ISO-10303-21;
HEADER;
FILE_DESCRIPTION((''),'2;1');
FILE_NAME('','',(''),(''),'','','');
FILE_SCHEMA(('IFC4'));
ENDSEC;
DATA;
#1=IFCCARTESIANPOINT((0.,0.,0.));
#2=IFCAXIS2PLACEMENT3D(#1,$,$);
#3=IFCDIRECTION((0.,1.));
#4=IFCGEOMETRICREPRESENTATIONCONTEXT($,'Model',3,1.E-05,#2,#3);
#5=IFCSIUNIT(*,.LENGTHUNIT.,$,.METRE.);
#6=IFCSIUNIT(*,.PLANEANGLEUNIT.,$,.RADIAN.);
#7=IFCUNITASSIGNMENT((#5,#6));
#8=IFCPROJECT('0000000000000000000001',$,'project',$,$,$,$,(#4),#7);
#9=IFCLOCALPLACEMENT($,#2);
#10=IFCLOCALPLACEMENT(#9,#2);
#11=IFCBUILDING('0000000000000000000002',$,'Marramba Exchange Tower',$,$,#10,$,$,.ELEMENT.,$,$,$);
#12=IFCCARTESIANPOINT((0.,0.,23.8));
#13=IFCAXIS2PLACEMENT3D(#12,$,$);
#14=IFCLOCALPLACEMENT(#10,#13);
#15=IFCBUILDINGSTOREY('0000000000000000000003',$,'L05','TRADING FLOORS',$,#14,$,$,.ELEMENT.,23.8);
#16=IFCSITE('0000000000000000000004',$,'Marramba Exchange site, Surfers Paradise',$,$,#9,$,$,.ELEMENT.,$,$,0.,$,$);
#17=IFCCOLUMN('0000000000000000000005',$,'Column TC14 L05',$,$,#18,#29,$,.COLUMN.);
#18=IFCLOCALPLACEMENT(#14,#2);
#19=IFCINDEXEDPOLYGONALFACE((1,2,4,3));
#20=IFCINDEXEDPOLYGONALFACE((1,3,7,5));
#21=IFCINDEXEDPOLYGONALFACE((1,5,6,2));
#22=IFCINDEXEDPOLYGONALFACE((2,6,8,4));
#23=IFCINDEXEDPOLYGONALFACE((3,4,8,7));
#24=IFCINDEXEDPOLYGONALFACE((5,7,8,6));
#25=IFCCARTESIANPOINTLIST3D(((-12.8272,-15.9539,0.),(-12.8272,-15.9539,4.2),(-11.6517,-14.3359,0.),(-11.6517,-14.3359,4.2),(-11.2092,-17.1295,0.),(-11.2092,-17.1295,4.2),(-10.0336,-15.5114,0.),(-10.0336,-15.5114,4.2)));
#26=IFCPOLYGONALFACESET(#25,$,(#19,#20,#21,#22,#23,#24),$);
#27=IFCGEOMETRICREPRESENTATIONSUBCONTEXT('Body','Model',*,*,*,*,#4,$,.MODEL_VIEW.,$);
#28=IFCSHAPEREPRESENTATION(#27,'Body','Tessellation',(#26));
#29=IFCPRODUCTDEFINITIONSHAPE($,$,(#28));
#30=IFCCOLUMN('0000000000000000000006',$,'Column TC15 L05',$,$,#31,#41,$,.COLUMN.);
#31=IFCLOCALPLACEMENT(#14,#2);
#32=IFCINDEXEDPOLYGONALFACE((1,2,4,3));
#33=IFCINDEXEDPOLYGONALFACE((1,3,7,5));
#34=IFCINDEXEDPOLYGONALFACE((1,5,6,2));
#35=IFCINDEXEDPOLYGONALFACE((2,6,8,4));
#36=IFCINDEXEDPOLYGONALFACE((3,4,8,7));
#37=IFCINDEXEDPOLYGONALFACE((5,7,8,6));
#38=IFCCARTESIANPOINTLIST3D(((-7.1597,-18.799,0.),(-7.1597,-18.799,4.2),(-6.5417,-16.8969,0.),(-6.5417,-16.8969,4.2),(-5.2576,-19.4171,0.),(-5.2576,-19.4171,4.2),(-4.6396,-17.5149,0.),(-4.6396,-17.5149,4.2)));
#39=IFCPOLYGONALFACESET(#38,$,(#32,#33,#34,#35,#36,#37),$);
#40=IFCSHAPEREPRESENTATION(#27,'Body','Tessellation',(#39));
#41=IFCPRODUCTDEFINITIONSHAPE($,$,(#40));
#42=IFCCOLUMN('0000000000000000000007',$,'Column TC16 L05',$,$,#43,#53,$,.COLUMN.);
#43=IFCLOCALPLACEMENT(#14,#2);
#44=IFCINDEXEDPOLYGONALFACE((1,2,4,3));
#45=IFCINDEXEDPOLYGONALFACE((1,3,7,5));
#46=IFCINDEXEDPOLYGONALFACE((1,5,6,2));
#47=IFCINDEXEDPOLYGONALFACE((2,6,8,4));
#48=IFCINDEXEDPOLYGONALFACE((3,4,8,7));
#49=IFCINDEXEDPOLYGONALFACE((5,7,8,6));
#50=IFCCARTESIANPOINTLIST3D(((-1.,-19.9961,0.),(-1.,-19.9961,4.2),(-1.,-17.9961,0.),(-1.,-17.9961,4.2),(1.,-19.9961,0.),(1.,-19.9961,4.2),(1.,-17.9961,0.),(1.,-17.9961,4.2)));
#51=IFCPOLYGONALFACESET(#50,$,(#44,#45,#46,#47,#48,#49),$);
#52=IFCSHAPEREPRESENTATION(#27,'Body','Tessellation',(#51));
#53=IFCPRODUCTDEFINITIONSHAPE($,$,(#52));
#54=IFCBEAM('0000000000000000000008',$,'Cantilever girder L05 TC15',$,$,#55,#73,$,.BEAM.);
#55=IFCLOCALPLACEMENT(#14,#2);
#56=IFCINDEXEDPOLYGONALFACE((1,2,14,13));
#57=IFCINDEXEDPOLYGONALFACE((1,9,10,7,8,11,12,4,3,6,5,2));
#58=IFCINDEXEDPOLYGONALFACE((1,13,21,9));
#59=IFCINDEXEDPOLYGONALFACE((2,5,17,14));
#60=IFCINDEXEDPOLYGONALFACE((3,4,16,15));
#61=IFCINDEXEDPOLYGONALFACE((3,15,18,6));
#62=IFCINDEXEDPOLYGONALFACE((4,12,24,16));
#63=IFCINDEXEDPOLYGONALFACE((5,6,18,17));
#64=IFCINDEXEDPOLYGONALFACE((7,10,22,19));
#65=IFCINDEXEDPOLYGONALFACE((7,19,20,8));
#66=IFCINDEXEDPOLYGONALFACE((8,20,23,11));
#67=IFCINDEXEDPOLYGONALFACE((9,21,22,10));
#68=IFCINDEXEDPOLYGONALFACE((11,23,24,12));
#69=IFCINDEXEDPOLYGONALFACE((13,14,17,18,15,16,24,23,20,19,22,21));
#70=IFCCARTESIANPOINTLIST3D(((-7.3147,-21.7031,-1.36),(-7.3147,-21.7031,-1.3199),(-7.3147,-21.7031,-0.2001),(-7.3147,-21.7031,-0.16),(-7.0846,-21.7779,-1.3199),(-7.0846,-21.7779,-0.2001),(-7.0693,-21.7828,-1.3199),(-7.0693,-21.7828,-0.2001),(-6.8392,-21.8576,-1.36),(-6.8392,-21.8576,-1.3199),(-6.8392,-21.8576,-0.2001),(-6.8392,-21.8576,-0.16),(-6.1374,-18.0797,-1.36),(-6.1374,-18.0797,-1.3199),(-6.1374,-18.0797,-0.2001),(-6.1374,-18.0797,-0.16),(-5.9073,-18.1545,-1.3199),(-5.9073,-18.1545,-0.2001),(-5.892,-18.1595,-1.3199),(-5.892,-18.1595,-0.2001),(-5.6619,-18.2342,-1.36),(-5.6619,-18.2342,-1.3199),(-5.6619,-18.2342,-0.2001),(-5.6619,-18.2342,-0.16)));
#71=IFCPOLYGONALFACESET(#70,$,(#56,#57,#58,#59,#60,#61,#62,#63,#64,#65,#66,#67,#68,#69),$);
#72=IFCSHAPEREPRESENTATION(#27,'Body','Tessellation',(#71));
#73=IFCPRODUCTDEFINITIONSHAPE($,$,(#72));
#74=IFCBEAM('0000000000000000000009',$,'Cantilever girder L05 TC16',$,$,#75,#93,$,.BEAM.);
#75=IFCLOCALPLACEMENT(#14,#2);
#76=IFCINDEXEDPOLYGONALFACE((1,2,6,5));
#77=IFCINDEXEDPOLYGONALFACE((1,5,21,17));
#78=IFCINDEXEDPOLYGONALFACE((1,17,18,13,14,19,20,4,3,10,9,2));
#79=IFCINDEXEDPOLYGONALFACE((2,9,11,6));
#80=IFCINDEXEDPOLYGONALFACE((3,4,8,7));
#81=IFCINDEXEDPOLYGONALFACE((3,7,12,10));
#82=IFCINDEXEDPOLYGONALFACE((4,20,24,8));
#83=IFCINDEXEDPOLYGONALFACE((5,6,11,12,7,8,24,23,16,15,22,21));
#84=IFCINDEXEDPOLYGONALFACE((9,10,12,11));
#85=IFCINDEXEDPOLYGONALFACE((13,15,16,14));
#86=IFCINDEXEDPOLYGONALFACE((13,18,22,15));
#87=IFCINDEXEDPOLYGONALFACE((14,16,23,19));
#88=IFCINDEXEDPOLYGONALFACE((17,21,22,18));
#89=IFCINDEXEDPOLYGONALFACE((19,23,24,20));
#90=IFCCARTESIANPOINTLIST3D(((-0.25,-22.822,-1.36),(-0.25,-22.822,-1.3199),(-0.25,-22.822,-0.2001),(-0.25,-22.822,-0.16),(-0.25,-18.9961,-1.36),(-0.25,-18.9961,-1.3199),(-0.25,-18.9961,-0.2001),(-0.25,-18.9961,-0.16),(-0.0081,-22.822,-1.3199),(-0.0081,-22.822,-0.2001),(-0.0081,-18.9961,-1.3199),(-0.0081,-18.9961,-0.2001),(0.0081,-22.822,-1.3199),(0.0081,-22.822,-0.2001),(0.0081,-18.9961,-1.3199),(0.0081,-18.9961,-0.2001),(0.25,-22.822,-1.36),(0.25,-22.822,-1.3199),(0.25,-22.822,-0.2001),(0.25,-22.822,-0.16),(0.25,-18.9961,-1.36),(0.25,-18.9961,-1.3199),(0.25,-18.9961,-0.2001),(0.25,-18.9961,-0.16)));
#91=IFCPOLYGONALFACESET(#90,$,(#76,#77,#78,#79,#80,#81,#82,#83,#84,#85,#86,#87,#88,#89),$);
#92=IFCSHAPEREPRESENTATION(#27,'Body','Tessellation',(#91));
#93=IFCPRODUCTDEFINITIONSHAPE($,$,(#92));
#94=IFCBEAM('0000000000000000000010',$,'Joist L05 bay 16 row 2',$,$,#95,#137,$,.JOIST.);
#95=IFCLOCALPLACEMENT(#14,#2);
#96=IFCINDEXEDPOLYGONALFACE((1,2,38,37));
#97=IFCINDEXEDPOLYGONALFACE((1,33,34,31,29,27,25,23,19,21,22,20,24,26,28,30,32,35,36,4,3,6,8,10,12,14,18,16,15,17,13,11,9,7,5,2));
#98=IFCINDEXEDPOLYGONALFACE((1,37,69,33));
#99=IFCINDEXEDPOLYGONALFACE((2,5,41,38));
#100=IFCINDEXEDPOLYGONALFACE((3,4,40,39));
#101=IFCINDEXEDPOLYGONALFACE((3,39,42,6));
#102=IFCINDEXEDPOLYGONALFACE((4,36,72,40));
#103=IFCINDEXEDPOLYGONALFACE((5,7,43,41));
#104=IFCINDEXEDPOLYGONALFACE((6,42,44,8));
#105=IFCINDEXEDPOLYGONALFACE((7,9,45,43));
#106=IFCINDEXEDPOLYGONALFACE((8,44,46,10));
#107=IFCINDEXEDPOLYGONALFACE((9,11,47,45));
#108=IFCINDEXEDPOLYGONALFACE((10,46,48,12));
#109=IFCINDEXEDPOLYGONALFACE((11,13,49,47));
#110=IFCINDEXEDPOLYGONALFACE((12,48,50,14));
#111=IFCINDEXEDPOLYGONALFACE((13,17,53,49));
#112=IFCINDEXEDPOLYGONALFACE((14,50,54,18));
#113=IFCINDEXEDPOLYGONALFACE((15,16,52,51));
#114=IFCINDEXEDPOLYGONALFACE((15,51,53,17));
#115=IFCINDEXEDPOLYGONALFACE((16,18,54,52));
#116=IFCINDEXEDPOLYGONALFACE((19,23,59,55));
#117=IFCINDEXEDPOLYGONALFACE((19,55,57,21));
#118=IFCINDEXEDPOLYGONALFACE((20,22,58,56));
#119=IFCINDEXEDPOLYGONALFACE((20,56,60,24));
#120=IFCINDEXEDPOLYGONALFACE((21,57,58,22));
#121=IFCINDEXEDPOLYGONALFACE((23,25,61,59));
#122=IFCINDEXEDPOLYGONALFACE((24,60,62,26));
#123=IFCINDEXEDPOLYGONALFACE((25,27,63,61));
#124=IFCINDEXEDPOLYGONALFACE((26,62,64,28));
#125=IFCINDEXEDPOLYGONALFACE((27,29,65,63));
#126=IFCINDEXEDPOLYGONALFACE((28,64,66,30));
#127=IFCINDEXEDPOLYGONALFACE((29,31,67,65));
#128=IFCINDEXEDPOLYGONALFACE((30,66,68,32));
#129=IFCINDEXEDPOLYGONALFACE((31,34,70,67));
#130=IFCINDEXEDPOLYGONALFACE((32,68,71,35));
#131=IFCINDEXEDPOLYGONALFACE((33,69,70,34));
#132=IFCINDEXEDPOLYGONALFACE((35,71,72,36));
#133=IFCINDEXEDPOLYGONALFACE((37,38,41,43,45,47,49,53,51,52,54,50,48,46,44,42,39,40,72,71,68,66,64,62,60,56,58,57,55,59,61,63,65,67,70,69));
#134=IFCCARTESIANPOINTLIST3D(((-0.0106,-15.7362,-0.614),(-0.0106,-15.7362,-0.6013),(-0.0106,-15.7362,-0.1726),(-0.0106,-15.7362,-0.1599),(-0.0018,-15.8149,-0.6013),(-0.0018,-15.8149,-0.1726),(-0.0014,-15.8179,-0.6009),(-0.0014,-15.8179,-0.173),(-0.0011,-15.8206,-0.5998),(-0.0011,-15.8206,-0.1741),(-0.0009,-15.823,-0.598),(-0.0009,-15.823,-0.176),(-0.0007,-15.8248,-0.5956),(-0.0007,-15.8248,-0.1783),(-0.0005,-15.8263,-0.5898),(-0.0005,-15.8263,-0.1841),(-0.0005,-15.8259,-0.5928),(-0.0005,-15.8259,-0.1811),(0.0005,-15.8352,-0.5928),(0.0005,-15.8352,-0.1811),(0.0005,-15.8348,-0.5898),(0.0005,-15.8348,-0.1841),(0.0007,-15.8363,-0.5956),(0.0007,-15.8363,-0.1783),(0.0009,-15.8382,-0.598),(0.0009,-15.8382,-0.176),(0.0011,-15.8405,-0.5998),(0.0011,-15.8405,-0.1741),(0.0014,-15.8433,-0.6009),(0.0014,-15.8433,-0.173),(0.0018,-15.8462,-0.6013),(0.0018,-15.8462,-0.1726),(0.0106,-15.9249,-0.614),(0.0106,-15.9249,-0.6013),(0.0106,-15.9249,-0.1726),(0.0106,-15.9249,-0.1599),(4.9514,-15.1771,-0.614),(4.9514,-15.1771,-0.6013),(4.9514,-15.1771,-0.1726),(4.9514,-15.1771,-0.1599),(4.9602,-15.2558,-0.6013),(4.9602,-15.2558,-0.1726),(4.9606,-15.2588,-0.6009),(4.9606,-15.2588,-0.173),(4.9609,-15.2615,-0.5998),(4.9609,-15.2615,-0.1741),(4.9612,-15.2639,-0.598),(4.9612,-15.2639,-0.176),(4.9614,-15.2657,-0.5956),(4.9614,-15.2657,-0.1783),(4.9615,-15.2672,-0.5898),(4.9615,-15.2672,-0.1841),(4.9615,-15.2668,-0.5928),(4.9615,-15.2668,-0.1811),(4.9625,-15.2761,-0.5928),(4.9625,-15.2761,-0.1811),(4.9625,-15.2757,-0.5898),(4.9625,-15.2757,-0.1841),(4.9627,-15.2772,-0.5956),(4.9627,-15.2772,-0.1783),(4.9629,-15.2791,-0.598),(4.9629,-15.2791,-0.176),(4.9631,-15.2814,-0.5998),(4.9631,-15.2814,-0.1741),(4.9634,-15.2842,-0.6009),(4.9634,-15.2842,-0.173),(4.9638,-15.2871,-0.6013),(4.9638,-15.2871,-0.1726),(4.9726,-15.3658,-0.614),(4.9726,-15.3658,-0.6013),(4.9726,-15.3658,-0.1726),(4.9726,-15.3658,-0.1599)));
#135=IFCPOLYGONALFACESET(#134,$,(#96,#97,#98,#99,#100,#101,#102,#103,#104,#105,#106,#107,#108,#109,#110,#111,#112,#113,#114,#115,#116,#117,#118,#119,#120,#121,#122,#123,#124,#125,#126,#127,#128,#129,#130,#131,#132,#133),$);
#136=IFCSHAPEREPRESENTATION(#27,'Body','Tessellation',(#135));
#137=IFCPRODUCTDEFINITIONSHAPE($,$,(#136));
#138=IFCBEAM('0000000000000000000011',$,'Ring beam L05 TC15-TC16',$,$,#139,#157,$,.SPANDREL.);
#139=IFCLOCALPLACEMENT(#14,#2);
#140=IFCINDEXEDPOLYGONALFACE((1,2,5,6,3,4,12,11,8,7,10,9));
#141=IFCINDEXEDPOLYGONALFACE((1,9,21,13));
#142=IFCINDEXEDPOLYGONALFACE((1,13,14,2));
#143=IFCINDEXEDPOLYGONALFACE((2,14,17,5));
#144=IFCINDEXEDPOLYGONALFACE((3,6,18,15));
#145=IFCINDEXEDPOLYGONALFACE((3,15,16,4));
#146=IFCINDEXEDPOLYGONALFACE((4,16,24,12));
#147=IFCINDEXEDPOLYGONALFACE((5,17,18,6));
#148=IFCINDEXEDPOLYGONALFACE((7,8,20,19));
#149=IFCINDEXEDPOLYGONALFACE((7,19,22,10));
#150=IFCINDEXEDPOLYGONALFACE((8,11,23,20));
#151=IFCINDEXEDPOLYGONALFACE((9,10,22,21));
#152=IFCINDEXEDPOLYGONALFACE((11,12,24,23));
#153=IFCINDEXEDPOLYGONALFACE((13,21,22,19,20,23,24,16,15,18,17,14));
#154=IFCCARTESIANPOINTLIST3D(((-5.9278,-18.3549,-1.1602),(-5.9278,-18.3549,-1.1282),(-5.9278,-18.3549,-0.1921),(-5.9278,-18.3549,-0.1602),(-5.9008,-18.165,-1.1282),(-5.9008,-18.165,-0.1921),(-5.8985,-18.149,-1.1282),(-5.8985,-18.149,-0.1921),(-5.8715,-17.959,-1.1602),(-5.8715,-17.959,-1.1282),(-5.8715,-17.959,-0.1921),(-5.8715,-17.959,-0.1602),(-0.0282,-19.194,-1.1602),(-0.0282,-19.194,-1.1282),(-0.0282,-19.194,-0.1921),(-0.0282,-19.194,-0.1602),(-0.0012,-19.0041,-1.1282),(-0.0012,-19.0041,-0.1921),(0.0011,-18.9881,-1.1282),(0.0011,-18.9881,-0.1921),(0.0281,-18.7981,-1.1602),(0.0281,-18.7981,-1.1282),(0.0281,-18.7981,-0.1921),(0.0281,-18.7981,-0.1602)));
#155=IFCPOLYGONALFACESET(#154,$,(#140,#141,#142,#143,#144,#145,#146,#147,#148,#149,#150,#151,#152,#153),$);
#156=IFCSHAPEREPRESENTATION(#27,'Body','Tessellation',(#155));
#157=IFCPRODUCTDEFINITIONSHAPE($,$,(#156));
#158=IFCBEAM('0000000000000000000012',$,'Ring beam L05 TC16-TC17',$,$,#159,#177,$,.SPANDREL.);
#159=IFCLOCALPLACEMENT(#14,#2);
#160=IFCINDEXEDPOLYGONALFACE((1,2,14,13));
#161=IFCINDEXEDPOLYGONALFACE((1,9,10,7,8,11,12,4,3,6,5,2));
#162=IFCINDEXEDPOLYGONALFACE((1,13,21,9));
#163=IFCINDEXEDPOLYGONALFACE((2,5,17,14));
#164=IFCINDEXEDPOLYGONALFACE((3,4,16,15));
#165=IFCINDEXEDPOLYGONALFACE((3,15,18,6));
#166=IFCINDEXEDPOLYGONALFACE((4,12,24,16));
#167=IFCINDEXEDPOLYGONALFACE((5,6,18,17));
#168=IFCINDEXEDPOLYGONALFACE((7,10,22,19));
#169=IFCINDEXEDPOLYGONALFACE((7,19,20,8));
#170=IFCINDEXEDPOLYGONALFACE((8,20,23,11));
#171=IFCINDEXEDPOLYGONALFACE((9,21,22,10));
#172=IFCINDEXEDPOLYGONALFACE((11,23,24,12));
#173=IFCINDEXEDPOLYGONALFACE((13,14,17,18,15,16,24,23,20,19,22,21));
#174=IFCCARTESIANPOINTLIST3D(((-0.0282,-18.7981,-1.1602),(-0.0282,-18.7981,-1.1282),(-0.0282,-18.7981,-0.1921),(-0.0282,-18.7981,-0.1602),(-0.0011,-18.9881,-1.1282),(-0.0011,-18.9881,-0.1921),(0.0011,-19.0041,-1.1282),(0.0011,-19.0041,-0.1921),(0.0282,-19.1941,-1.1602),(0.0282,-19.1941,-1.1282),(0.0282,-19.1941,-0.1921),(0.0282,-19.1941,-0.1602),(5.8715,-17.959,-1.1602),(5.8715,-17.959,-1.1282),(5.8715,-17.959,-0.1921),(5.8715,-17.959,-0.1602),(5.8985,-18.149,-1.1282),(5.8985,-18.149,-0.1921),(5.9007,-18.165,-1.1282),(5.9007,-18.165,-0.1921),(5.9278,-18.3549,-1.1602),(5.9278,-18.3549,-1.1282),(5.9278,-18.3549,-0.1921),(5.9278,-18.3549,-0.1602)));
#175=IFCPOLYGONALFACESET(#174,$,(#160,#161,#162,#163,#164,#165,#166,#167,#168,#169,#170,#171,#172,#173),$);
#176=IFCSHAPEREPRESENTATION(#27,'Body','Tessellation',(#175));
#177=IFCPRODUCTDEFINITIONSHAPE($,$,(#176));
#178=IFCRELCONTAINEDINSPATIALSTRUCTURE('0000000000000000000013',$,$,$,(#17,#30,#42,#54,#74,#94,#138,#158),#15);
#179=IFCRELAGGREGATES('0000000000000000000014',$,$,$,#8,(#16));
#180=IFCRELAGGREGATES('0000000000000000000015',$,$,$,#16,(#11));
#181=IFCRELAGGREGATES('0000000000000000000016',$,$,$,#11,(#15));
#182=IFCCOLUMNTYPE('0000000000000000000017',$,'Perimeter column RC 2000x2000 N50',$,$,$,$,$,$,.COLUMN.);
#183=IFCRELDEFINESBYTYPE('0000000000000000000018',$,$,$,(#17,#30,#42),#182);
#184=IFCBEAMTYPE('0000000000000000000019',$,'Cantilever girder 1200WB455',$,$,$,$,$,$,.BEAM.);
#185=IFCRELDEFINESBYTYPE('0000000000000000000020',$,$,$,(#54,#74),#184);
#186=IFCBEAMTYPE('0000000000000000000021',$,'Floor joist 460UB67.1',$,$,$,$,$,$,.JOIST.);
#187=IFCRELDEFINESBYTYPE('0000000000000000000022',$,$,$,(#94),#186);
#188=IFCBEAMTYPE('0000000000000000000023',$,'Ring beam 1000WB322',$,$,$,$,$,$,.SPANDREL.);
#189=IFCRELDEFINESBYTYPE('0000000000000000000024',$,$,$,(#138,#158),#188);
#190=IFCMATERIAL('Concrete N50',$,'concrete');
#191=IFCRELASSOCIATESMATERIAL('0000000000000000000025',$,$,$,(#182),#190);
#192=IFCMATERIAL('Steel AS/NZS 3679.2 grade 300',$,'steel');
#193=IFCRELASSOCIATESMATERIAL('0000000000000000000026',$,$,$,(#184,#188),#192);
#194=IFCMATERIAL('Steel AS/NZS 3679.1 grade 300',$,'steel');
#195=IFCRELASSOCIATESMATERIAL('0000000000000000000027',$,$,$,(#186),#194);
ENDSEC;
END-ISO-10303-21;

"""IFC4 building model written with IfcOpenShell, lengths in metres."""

from ifc_helpers import new_model, si_unit, direction, frame, origin, origin_2d, place, context, subcontext, project, spatial, rectangle, i_section, extrude, material, material_profile, profile_set, type_object, element, save


model = new_model("IFC4")

# Units and contexts
model_context = context("Model", 3, precision=1e-05, world=origin(), true_north=direction((0.0, 1.0)))
body_context = subcontext(model_context, "Body", "Model", "MODEL_VIEW")
ifc_project = project(units=[si_unit("LENGTHUNIT", "METRE"), si_unit("PLANEANGLEUNIT", "RADIAN")], contexts=[model_context])

# Site, building, storey
site_placement = place(None, origin())
site = spatial("IfcSite", under=ifc_project, at=site_placement, Name="Marramba Exchange site, Surfers Paradise", CompositionType="ELEMENT", RefElevation=0.0)
building_placement = place(site_placement, origin())
building = spatial("IfcBuilding", under=site, at=building_placement, Name="Marramba Exchange Tower", CompositionType="ELEMENT")
storey_placement = place(building_placement, frame((0.0, 0.0, 23.8)))
storey = spatial("IfcBuildingStorey", under=building, at=storey_placement, Name="L05", Description="TRADING FLOORS", CompositionType="ELEMENT", Elevation=23.8)

# Columns
ifc_material_1 = material(Name="Concrete N50", Category="concrete")
ifc_material_profile_1 = material_profile(ifc_material_1, rectangle(XDim=2.0, YDim=2.0, at=origin_2d()), Name="RC 2000x2000")
ifc_profile_set_1 = profile_set([ifc_material_profile_1], Name="Concrete N50")
column_type = type_object("IfcColumnType", Name="Perimeter column RC 2000x2000 N50", PredefinedType="COLUMN", material=ifc_profile_set_1)
for number, where, z_axis, x_axis, name in (
    (1, (-11.4304, -15.7327, 0.0), (0.0, 0.0, 1.0), (-0.587785, -0.809017, 0.0), "Column TC14 L05"),
    (2, (-5.8997, -18.157, 0.0), (0.0, 0.0, 1.0), (-0.309017, -0.951057, 0.0), "Column TC15 L05"),
    (3, (0.0, -18.9961, 0.0), (0.0, 0.0, 1.0), (0.0, -1.0, 0.0), "Column TC16 L05"),
):
    element("IfcColumn", number, at=place(storey_placement, frame(where, z_axis=z_axis, x_axis=x_axis)), inside=storey, type_object=column_type, Name=name, PredefinedType="COLUMN", context=body_context, shape_type="SweptSolid", body=[
        extrude(rectangle(XDim=2.0, YDim=2.0, at=origin_2d()), origin(), (0.0, 0.0, 1.0), 4.2),
    ])

# Beams
ifc_material_2 = material(Name="Steel AS/NZS 3679.2 grade 300", Category="steel")
ifc_material_profile_2 = material_profile(ifc_material_2, i_section(OverallWidth=0.5, OverallDepth=1.2, WebThickness=0.0161, FlangeThickness=0.04, at=origin_2d()), Name="1200WB455")
ifc_profile_set_2 = profile_set([ifc_material_profile_2], Name="Steel AS/NZS 3679.2 grade 300")
beam_type_1 = type_object("IfcBeamType", Name="Cantilever girder 1200WB455", PredefinedType="BEAM", material=ifc_profile_set_2)
beam_1_placement = place(storey_placement, frame((-5.8997, -18.157, -0.76), z_axis=(-0.309009, -0.951059, 0.0), x_axis=(0.951059, -0.309009, 0.0)))
element("IfcBeam", 4, at=beam_1_placement, inside=storey, type_object=beam_type_1, Name="Cantilever girder L05 TC15", PredefinedType="BEAM", context=body_context, shape_type="SweptSolid", body=[
    extrude(i_section(OverallWidth=0.5, OverallDepth=1.2, WebThickness=0.0161, FlangeThickness=0.04, at=origin_2d()), origin(), (0.0, 0.0, 1.0), 3.8098),
])
beam_2_placement = place(storey_placement, frame((0.0, -18.9961, -0.76), z_axis=(0.0, -1.0, 0.0), x_axis=(1.0, 0.0, 0.0)))
element("IfcBeam", 5, at=beam_2_placement, inside=storey, type_object=beam_type_1, Name="Cantilever girder L05 TC16", PredefinedType="BEAM", context=body_context, shape_type="SweptSolid", body=[
    extrude(i_section(OverallWidth=0.5, OverallDepth=1.2, WebThickness=0.0161, FlangeThickness=0.04, at=origin_2d()), origin(), (0.0, 0.0, 1.0), 3.8259),
])
ifc_material_3 = material(Name="Steel AS/NZS 3679.1 grade 300", Category="steel")
ifc_material_profile_3 = material_profile(ifc_material_3, i_section(OverallWidth=0.1899, OverallDepth=0.4541, WebThickness=0.0085, FlangeThickness=0.0127, FilletRadius=0.0115, at=origin_2d()), Name="460UB67.1")
ifc_profile_set_3 = profile_set([ifc_material_profile_3], Name="Steel AS/NZS 3679.1 grade 300")
beam_type_2 = type_object("IfcBeamType", Name="Floor joist 460UB67.1", PredefinedType="JOIST", material=ifc_profile_set_3)
beam_3_placement = place(storey_placement, frame((0.0, -15.8306, -0.387), z_axis=(0.993712, 0.111966, 0.0), x_axis=(-0.111966, 0.993712, 0.0)))
element("IfcBeam", 6, at=beam_3_placement, inside=storey, type_object=beam_type_2, Name="Joist L05 bay 16 row 2", PredefinedType="JOIST", context=body_context, shape_type="SweptSolid", body=[
    extrude(i_section(OverallWidth=0.1899, OverallDepth=0.4541, WebThickness=0.0085, FlangeThickness=0.0127, FilletRadius=0.0115, at=origin_2d()), origin(), (0.0, 0.0, 1.0), 4.9934),
])
ifc_material_profile_4 = material_profile(ifc_material_2, i_section(OverallWidth=0.3999, OverallDepth=1.0, WebThickness=0.0161, FlangeThickness=0.032, at=origin_2d()), Name="1000WB322")
ifc_profile_set_4 = profile_set([ifc_material_profile_4], Name="Steel AS/NZS 3679.2 grade 300")
beam_type_3 = type_object("IfcBeamType", Name="Ring beam 1000WB322", PredefinedType="SPANDREL", material=ifc_profile_set_4)
for number, where, z_axis, x_axis, name in (
    (7, (-5.8997, -18.157, -0.6602), (0.990036, -0.140813, 0.0), (0.140813, 0.990036, 0.0), "Ring beam L05 TC15-TC16"),
    (8, (0.0, -18.9961, -0.6602), (0.990036, 0.140813, 0.0), (-0.140813, 0.990036, 0.0), "Ring beam L05 TC16-TC17"),
):
    element("IfcBeam", number, at=place(storey_placement, frame(where, z_axis=z_axis, x_axis=x_axis)), inside=storey, type_object=beam_type_3, Name=name, PredefinedType="SPANDREL", context=body_context, shape_type="SweptSolid", body=[
        extrude(i_section(OverallWidth=0.3999, OverallDepth=1.0, WebThickness=0.0161, FlangeThickness=0.032, at=origin_2d()), origin(), (0.0, 0.0, 1.0), 5.959),
    ])

save(model, "model.ifc")
